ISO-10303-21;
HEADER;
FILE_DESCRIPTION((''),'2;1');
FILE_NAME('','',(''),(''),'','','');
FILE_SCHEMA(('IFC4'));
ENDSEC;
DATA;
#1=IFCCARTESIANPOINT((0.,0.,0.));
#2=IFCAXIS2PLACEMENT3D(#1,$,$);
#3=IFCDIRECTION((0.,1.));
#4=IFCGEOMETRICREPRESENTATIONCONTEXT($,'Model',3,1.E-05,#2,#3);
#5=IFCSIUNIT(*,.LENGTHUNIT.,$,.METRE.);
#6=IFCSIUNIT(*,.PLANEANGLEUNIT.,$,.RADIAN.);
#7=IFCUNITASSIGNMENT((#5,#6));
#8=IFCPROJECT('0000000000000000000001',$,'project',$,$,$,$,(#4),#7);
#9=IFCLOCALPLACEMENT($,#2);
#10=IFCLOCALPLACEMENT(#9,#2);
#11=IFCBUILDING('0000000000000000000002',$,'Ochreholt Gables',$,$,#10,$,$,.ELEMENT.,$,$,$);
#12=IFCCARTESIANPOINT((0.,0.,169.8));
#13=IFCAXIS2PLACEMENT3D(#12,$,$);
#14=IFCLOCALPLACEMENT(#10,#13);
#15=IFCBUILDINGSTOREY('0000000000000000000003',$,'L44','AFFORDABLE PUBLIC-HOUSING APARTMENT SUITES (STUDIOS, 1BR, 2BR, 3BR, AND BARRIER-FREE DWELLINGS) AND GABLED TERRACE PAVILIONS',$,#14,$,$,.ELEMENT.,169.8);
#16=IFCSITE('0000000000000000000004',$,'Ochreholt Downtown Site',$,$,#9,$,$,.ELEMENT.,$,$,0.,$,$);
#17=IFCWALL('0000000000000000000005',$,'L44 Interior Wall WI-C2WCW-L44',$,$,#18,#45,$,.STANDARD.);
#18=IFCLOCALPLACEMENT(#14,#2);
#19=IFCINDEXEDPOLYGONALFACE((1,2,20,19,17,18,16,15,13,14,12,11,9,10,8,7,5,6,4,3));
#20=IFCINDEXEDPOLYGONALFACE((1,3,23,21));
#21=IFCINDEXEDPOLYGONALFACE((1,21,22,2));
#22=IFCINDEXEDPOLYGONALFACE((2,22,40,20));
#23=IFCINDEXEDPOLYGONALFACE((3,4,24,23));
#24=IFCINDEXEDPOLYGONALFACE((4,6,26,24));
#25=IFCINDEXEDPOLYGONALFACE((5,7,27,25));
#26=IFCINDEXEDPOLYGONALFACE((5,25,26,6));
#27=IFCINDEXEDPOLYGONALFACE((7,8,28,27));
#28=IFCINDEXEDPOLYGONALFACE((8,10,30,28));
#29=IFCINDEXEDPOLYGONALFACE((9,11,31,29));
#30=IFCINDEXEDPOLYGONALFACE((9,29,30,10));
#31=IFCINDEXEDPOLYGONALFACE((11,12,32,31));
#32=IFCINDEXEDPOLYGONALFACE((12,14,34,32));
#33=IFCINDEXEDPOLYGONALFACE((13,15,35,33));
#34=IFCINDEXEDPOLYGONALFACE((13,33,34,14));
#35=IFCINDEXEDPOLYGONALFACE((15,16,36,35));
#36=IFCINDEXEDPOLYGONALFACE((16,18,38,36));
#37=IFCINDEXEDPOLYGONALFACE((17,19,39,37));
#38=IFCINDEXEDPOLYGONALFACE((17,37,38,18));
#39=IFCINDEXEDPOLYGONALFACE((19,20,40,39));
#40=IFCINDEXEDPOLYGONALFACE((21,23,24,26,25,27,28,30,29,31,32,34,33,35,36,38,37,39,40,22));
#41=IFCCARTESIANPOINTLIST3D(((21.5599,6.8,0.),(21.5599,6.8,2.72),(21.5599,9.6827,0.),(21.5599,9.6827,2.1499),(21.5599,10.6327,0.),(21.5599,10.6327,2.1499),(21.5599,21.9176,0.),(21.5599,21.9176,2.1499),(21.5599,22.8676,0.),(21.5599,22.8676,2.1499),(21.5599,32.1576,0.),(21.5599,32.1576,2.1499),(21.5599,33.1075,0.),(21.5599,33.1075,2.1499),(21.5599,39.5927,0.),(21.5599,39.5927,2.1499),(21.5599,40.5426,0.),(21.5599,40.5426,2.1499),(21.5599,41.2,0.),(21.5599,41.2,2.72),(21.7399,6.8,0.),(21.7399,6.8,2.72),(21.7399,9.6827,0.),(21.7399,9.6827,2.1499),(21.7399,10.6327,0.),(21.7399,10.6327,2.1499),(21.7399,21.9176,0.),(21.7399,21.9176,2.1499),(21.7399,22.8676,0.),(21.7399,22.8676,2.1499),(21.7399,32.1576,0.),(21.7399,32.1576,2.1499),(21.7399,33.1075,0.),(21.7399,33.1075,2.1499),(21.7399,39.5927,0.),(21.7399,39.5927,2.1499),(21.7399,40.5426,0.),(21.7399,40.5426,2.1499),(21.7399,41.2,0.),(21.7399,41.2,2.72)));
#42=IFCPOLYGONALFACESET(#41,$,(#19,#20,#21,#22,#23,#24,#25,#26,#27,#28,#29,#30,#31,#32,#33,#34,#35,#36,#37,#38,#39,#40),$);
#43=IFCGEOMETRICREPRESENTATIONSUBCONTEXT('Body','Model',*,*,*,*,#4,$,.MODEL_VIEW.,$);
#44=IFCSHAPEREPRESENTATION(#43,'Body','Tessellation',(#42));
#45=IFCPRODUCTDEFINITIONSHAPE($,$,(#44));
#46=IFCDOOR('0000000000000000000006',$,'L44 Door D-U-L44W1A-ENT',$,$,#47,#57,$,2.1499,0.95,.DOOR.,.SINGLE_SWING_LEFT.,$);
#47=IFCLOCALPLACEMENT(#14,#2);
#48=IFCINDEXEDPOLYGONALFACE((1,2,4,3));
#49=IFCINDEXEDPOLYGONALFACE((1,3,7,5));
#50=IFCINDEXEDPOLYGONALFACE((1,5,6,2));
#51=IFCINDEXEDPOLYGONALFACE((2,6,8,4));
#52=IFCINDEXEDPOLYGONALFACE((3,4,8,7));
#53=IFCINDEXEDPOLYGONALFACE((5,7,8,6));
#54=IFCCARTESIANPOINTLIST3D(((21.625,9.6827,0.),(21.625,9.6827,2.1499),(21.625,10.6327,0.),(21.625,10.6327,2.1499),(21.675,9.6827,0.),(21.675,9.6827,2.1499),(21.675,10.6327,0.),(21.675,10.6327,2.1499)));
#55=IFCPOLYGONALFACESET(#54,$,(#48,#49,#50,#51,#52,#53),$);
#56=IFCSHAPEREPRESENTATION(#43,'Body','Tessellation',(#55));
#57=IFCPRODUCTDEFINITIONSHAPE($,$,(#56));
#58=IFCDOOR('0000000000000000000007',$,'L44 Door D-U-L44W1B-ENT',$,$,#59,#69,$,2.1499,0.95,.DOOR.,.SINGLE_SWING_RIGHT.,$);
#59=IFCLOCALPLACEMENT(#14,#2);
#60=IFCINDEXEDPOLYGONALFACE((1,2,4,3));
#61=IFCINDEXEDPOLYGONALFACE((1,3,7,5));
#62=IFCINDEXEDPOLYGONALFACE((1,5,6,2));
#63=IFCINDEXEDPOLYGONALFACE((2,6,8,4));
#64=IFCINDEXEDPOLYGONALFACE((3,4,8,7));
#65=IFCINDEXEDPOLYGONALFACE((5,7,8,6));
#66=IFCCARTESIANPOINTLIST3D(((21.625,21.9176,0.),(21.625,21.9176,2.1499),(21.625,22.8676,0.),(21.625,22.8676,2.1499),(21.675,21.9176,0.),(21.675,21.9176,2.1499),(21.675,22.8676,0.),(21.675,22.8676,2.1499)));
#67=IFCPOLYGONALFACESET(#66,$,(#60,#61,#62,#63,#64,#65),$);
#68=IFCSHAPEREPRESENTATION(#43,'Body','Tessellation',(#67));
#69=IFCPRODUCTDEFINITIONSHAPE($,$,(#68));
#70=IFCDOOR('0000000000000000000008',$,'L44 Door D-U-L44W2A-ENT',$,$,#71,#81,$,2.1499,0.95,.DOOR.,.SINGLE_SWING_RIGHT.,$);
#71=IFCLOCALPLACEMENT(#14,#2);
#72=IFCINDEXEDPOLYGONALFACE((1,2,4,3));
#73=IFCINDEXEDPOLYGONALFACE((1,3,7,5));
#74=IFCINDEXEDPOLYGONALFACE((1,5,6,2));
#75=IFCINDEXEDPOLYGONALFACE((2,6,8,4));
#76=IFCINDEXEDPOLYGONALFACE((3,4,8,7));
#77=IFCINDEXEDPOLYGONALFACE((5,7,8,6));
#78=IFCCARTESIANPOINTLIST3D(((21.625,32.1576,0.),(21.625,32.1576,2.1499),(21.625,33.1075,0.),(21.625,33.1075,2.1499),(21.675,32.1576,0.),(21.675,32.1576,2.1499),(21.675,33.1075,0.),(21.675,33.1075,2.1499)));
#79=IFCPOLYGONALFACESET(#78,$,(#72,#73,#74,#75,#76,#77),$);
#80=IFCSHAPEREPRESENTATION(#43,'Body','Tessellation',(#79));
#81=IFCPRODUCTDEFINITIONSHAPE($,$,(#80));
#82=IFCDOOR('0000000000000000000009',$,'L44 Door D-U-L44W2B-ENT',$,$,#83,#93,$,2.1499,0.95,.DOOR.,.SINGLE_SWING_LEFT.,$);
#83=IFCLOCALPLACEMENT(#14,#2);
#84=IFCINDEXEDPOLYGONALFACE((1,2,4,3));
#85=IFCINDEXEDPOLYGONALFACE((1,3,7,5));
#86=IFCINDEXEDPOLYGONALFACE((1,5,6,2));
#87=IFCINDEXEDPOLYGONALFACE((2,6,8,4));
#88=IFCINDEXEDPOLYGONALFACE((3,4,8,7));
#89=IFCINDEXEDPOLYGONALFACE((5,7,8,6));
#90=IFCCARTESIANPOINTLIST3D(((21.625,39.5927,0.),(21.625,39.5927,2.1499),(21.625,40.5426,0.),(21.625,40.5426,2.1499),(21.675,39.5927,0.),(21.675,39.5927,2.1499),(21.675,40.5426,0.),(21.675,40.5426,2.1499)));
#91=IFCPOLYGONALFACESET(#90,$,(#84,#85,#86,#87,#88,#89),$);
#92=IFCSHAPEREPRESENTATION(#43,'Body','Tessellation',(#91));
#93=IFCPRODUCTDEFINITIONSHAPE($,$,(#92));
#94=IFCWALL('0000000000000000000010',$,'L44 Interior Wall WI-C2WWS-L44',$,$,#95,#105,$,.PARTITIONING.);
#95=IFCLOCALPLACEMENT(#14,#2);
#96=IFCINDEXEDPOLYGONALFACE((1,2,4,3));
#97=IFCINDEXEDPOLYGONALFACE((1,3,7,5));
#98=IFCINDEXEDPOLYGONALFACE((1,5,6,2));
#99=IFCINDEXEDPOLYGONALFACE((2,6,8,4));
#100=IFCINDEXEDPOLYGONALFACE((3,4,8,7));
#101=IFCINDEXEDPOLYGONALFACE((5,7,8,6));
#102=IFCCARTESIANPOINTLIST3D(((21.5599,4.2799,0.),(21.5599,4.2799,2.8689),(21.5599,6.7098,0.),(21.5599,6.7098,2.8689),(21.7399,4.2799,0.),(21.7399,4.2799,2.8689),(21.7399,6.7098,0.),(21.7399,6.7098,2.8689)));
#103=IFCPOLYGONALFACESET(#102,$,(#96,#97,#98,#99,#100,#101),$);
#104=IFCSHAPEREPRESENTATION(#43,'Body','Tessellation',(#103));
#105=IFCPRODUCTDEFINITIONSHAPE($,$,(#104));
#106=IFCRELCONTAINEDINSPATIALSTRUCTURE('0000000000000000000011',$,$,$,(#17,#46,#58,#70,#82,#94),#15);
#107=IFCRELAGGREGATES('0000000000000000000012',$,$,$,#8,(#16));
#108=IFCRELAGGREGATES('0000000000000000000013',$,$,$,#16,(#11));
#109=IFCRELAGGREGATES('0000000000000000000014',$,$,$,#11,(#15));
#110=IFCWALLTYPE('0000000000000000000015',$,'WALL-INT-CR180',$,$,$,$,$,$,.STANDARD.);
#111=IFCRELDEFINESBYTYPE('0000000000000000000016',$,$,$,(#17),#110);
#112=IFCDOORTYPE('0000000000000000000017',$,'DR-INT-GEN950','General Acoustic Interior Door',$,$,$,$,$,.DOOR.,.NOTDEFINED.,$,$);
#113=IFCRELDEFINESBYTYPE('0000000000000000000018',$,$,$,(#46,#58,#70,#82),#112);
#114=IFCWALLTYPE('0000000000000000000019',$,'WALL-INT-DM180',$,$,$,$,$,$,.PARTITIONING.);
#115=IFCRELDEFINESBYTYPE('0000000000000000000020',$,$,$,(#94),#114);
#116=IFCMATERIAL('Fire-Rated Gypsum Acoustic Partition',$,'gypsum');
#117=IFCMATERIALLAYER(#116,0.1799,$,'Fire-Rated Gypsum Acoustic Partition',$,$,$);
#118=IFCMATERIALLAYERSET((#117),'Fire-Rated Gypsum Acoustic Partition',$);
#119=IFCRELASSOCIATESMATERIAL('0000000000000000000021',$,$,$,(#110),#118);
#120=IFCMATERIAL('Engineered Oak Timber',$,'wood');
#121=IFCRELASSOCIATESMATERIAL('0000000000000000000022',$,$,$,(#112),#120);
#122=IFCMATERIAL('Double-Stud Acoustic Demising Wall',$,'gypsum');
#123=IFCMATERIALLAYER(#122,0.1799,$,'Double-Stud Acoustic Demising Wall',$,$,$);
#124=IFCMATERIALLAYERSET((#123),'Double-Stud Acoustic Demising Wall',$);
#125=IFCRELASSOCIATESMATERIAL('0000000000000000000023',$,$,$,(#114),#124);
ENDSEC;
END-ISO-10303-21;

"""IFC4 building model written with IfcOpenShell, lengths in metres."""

from ifc_helpers import new_model, si_unit, direction, frame, frame_2d, origin, place, context, subcontext, project, spatial, rectangle, extrude, material, layer, layer_set, type_object, element, fill, save


model = new_model("IFC4")

# Units and contexts
model_context = context("Model", 3, precision=1e-05, world=origin(), true_north=direction((0.0, 1.0)))
body_context = subcontext(model_context, "Body", "Model", "MODEL_VIEW")
ifc_project = project(units=[si_unit("LENGTHUNIT", "METRE"), si_unit("PLANEANGLEUNIT", "RADIAN")], contexts=[model_context])

# Site, building, storey
site_placement = place(None, origin())
site = spatial("IfcSite", under=ifc_project, at=site_placement, Name="Ochreholt Downtown Site", CompositionType="ELEMENT", RefElevation=0.0)
building_placement = place(site_placement, origin())
building = spatial("IfcBuilding", under=site, at=building_placement, Name="Ochreholt Gables", CompositionType="ELEMENT")
storey_placement = place(building_placement, frame((0.0, 0.0, 169.8)))
storey = spatial("IfcBuildingStorey", under=building, at=storey_placement, Name="L44", Description="AFFORDABLE PUBLIC-HOUSING APARTMENT SUITES (STUDIOS, 1BR, 2BR, 3BR, AND BARRIER-FREE DWELLINGS) AND GABLED TERRACE PAVILIONS", CompositionType="ELEMENT", Elevation=169.8)

# Wall, openings, doors
ifc_material_1 = material(Name="Fire-Rated Gypsum Acoustic Partition", Category="gypsum")
ifc_layer_1 = layer(ifc_material_1, 0.1799, Name="Fire-Rated Gypsum Acoustic Partition")
ifc_layer_set_1 = layer_set([ifc_layer_1], Name="Fire-Rated Gypsum Acoustic Partition")
wall_type_1 = type_object("IfcWallType", Name="WALL-INT-CR180", PredefinedType="STANDARD", material=ifc_layer_set_1)
wall_1_placement = place(storey_placement, frame((21.6499, 6.8, 0.0), z_axis=(0.0, 0.0, 1.0), x_axis=(0.0, 1.0, 0.0)))
wall_1 = element("IfcWall", 1, at=wall_1_placement, inside=storey, type_object=wall_type_1, Name="L44 Interior Wall WI-C2WCW-L44", PredefinedType="STANDARD", context=body_context, shape_type="SweptSolid", body=[
    extrude(rectangle(XDim=34.3999, YDim=0.1799, at=frame_2d((17.2, 0.0))), origin(), (0.0, 0.0, 1.0), 2.72),
])
opening_1_placement = place(wall_1_placement, frame((2.8826, 0.0, 0.0)))
opening_1 = element("IfcOpeningElement", 2, at=opening_1_placement, cuts=wall_1, PredefinedType="OPENING", context=body_context, shape_type="SweptSolid", body=[
    extrude(rectangle(XDim=0.95, YDim=2.1499, at=frame_2d((0.4751, 1.075))), frame((0.0, 0.0999, 0.0), z_axis=(0.0, -1.0, 0.0), x_axis=(1.0, 0.0, 0.0)), (0.0, 0.0, 1.0), 0.2),
])
opening_2_placement = place(wall_1_placement, frame((15.1174, 0.0, 0.0)))
opening_2 = element("IfcOpeningElement", 3, at=opening_2_placement, cuts=wall_1, PredefinedType="OPENING", context=body_context, shape_type="SweptSolid", body=[
    extrude(rectangle(XDim=0.95, YDim=2.1499, at=frame_2d((0.4751, 1.075))), frame((0.0, 0.0999, 0.0), z_axis=(0.0, -1.0, 0.0), x_axis=(1.0, 0.0, 0.0)), (0.0, 0.0, 1.0), 0.2),
])
opening_3_placement = place(wall_1_placement, frame((25.3574, 0.0, 0.0)))
opening_3 = element("IfcOpeningElement", 4, at=opening_3_placement, cuts=wall_1, PredefinedType="OPENING", context=body_context, shape_type="SweptSolid", body=[
    extrude(rectangle(XDim=0.95, YDim=2.1499, at=frame_2d((0.4751, 1.075))), frame((0.0, 0.0999, 0.0), z_axis=(0.0, -1.0, 0.0), x_axis=(1.0, 0.0, 0.0)), (0.0, 0.0, 1.0), 0.2),
])
opening_4_placement = place(wall_1_placement, frame((32.7925, 0.0, 0.0)))
opening_4 = element("IfcOpeningElement", 5, at=opening_4_placement, cuts=wall_1, PredefinedType="OPENING", context=body_context, shape_type="SweptSolid", body=[
    extrude(rectangle(XDim=0.95, YDim=2.1499, at=frame_2d((0.4751, 1.075))), frame((0.0, 0.0999, 0.0), z_axis=(0.0, -1.0, 0.0), x_axis=(1.0, 0.0, 0.0)), (0.0, 0.0, 1.0), 0.2),
])
ifc_material_2 = material(Name="Engineered Oak Timber", Category="wood")
door_type = type_object("IfcDoorType", Name="DR-INT-GEN950", Description="General Acoustic Interior Door", OperationType="NOTDEFINED", PredefinedType="DOOR", material=ifc_material_2)
door_1_placement = place(opening_1_placement, origin())
door_1 = element("IfcDoor", 6, at=door_1_placement, inside=storey, type_object=door_type, Name="L44 Door D-U-L44W1A-ENT", OperationType="SINGLE_SWING_LEFT", OverallHeight=2.1499, OverallWidth=0.95, PredefinedType="DOOR", context=body_context, shape_type="SweptSolid", body=[
    extrude(rectangle(XDim=0.95, YDim=2.1499, at=frame_2d((0.4751, 1.075))), frame((0.0, 0.0249, 0.0), z_axis=(0.0, -1.0, 0.0), x_axis=(1.0, 0.0, 0.0)), (0.0, 0.0, 1.0), 0.05),
])
fill(opening_1, door_1)
door_2_placement = place(opening_2_placement, origin())
door_2 = element("IfcDoor", 7, at=door_2_placement, inside=storey, type_object=door_type, Name="L44 Door D-U-L44W1B-ENT", OperationType="SINGLE_SWING_RIGHT", OverallHeight=2.1499, OverallWidth=0.95, PredefinedType="DOOR", context=body_context, shape_type="SweptSolid", body=[
    extrude(rectangle(XDim=0.95, YDim=2.1499, at=frame_2d((0.4751, 1.075))), frame((0.0, 0.0249, 0.0), z_axis=(0.0, -1.0, 0.0), x_axis=(1.0, 0.0, 0.0)), (0.0, 0.0, 1.0), 0.05),
])
fill(opening_2, door_2)
door_3_placement = place(opening_3_placement, origin())
door_3 = element("IfcDoor", 8, at=door_3_placement, inside=storey, type_object=door_type, Name="L44 Door D-U-L44W2A-ENT", OperationType="SINGLE_SWING_RIGHT", OverallHeight=2.1499, OverallWidth=0.95, PredefinedType="DOOR", context=body_context, shape_type="SweptSolid", body=[
    extrude(rectangle(XDim=0.95, YDim=2.1499, at=frame_2d((0.4751, 1.075))), frame((0.0, 0.0249, 0.0), z_axis=(0.0, -1.0, 0.0), x_axis=(1.0, 0.0, 0.0)), (0.0, 0.0, 1.0), 0.05),
])
fill(opening_3, door_3)
door_4_placement = place(opening_4_placement, origin())
door_4 = element("IfcDoor", 9, at=door_4_placement, inside=storey, type_object=door_type, Name="L44 Door D-U-L44W2B-ENT", OperationType="SINGLE_SWING_LEFT", OverallHeight=2.1499, OverallWidth=0.95, PredefinedType="DOOR", context=body_context, shape_type="SweptSolid", body=[
    extrude(rectangle(XDim=0.95, YDim=2.1499, at=frame_2d((0.4751, 1.075))), frame((0.0, 0.0249, 0.0), z_axis=(0.0, -1.0, 0.0), x_axis=(1.0, 0.0, 0.0)), (0.0, 0.0, 1.0), 0.05),
])
fill(opening_4, door_4)

# Wall
ifc_material_3 = material(Name="Double-Stud Acoustic Demising Wall", Category="gypsum")
ifc_layer_2 = layer(ifc_material_3, 0.1799, Name="Double-Stud Acoustic Demising Wall")
ifc_layer_set_2 = layer_set([ifc_layer_2], Name="Double-Stud Acoustic Demising Wall")
wall_type_2 = type_object("IfcWallType", Name="WALL-INT-DM180", PredefinedType="PARTITIONING", material=ifc_layer_set_2)
wall_2_placement = place(storey_placement, frame((21.6499, 4.28, 0.0), z_axis=(0.0, 0.0, 1.0), x_axis=(0.0, 1.0, 0.0)))
element("IfcWall", 10, at=wall_2_placement, inside=storey, type_object=wall_type_2, Name="L44 Interior Wall WI-C2WWS-L44", PredefinedType="PARTITIONING", context=body_context, shape_type="SweptSolid", body=[
    extrude(rectangle(XDim=2.4299, YDim=0.1799, at=frame_2d((1.2148, 0.0))), origin(), (0.0, 0.0, 1.0), 2.8689),
])

save(model, "model.ifc")
